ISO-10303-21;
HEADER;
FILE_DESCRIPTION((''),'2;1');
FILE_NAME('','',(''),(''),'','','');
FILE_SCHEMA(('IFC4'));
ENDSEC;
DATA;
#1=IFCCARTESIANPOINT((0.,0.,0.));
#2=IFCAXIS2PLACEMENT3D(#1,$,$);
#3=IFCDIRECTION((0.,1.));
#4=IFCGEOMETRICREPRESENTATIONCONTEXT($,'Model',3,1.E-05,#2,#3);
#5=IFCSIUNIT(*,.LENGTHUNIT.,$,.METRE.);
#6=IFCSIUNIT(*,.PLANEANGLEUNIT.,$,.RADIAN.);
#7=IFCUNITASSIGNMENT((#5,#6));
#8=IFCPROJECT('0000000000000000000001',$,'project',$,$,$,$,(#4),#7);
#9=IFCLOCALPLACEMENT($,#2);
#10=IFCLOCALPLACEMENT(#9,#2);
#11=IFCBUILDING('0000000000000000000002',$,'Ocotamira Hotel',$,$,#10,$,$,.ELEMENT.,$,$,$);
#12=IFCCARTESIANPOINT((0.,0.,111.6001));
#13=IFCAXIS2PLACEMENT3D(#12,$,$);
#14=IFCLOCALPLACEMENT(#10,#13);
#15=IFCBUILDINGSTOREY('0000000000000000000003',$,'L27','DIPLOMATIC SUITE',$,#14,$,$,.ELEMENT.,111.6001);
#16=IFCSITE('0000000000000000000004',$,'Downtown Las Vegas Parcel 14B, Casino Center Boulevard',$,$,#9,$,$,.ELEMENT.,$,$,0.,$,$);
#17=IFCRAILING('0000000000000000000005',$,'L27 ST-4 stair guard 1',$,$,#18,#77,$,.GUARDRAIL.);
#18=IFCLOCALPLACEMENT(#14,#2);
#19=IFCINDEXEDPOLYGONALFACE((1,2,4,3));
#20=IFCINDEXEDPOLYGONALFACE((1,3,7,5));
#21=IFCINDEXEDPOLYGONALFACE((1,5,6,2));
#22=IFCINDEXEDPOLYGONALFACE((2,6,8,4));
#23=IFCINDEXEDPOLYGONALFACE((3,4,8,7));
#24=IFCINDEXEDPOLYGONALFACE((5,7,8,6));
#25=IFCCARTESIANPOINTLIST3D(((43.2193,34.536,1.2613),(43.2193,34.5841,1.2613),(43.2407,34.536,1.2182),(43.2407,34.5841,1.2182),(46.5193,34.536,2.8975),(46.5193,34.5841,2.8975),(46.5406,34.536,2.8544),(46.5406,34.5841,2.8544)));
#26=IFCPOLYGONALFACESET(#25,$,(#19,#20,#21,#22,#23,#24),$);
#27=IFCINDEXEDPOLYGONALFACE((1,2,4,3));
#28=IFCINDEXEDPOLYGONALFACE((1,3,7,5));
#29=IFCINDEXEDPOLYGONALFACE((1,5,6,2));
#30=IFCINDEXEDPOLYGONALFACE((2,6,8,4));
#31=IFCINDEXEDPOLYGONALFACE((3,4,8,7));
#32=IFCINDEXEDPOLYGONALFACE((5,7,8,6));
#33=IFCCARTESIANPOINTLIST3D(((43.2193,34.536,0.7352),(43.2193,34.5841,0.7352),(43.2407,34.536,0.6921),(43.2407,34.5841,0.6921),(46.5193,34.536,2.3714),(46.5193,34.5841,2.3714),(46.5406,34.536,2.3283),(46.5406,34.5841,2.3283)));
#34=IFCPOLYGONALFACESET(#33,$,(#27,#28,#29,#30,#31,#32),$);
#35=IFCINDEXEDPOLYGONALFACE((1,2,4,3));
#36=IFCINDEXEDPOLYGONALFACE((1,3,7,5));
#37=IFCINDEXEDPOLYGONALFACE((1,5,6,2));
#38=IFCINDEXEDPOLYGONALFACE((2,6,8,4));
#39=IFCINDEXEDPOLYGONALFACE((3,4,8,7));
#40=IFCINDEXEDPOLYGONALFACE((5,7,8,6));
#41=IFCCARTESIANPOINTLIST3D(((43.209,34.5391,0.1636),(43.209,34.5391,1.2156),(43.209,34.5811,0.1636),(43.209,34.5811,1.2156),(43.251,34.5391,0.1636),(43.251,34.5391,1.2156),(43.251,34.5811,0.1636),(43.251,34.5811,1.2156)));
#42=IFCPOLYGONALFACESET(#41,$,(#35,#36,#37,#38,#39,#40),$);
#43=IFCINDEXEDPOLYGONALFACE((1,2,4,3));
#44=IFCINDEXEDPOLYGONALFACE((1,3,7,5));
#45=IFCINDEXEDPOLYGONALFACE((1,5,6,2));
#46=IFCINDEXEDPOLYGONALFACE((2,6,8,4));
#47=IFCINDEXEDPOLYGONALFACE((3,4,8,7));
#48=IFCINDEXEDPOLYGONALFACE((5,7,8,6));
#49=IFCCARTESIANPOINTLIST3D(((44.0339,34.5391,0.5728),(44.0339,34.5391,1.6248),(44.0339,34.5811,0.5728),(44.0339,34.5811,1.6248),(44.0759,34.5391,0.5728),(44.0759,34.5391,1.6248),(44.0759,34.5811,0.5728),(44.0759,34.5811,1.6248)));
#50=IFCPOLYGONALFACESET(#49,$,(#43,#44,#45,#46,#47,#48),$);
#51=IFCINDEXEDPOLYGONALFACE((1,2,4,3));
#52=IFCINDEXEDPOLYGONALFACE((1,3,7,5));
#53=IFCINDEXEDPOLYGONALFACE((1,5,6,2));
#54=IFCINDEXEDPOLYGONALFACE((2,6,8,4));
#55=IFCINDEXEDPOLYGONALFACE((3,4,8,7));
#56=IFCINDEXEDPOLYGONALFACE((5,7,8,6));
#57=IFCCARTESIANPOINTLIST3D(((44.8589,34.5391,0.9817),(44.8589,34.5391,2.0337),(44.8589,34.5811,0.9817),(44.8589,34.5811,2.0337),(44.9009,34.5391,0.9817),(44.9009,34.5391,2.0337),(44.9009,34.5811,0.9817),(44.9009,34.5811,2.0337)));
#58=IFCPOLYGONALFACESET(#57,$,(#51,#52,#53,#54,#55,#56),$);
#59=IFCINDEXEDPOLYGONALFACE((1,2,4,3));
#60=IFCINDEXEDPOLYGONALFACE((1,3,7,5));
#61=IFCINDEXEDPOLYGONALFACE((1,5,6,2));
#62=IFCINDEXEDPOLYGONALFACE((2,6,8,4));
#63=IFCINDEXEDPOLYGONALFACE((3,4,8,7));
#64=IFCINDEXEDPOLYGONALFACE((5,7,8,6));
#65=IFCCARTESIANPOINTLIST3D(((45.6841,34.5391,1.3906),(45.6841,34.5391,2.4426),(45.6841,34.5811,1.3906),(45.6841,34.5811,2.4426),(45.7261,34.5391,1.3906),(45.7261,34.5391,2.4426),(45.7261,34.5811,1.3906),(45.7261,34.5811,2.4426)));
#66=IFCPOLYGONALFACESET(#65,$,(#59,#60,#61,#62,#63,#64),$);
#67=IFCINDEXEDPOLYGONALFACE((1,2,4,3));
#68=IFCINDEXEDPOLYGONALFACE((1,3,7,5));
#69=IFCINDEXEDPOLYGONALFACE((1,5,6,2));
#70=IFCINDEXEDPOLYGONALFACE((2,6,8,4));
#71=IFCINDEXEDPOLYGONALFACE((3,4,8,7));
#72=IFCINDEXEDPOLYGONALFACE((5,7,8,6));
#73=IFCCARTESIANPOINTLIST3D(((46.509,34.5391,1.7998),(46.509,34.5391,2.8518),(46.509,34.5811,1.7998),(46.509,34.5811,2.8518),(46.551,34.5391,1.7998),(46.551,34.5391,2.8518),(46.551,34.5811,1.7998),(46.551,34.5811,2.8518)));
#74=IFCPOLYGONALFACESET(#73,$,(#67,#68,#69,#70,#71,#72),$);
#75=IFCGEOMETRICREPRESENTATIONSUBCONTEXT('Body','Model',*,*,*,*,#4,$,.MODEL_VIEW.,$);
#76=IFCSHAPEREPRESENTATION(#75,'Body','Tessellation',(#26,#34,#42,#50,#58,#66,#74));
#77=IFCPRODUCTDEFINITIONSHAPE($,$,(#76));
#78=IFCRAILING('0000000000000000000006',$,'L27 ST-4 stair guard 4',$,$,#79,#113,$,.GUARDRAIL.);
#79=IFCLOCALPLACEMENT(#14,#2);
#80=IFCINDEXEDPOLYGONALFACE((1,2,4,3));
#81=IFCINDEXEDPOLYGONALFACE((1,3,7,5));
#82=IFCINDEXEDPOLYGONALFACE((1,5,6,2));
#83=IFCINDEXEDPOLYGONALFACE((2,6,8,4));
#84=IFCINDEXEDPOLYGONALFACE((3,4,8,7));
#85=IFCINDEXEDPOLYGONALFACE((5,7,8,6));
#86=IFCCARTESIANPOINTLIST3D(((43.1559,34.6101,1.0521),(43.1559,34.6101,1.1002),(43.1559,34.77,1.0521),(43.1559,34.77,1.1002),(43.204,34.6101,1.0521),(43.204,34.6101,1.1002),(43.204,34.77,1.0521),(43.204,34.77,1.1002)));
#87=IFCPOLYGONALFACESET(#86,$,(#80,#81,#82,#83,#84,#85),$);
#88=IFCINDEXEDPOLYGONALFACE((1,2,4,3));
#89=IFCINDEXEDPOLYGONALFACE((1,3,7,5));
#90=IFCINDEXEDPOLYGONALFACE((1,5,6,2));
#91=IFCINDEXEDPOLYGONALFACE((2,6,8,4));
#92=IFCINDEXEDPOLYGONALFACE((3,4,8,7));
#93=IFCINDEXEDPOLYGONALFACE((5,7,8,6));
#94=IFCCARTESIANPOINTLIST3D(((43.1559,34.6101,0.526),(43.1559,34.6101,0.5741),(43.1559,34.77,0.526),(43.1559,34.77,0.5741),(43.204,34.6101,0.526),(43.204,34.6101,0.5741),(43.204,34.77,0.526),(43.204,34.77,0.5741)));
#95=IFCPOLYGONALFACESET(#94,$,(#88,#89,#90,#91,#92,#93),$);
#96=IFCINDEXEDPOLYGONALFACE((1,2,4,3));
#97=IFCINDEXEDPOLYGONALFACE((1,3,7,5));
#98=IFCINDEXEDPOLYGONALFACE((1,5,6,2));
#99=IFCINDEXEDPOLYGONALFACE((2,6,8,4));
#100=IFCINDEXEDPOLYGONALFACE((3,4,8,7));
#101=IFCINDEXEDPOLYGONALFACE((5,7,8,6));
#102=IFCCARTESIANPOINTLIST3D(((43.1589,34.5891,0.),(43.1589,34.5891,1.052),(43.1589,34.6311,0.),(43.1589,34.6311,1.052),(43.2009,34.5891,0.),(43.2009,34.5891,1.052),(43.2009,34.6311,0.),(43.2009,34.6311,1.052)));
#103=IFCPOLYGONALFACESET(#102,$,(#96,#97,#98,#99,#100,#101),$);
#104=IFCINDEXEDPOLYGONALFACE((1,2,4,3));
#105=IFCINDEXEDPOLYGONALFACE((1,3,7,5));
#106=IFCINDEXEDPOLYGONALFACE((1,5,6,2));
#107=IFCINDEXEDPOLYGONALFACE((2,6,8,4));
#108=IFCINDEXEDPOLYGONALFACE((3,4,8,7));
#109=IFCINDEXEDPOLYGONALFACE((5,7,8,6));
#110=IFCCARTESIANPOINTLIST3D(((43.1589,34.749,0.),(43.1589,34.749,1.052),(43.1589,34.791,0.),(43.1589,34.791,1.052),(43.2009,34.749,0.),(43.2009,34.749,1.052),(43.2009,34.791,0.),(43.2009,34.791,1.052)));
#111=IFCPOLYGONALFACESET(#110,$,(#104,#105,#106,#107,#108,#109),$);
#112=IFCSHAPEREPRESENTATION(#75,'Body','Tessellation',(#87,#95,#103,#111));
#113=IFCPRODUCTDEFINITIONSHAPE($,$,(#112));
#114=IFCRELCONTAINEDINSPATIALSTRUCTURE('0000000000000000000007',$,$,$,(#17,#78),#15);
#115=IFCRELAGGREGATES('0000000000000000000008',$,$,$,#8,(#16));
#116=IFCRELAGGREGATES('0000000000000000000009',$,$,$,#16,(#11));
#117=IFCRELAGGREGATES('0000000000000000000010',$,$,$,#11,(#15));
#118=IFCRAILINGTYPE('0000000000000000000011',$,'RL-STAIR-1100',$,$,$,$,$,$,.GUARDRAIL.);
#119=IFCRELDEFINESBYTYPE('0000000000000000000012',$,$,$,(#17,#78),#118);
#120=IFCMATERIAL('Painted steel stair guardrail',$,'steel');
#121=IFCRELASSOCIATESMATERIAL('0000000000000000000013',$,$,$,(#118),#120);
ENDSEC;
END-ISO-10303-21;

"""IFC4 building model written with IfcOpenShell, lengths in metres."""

from ifc_helpers import new_model, si_unit, direction, frame, origin, origin_2d, place, context, subcontext, project, spatial, rectangle, extrude, material, type_object, element, save


model = new_model("IFC4")

# Units and contexts
model_context = context("Model", 3, precision=1e-05, world=origin(), true_north=direction((0.0, 1.0)))
body_context = subcontext(model_context, "Body", "Model", "MODEL_VIEW")
ifc_project = project(units=[si_unit("LENGTHUNIT", "METRE"), si_unit("PLANEANGLEUNIT", "RADIAN")], contexts=[model_context])

# Site, building, storey
site_placement = place(None, origin())
site = spatial("IfcSite", under=ifc_project, at=site_placement, Name="Downtown Las Vegas Parcel 14B, Casino Center Boulevard", CompositionType="ELEMENT", RefElevation=0.0)
building_placement = place(site_placement, origin())
building = spatial("IfcBuilding", under=site, at=building_placement, Name="Ocotamira Hotel", CompositionType="ELEMENT")
storey_placement = place(building_placement, frame((0.0, 0.0, 111.6001)))
storey = spatial("IfcBuildingStorey", under=building, at=storey_placement, Name="L27", Description="DIPLOMATIC SUITE", CompositionType="ELEMENT", Elevation=111.6001)

# Railings
ifc_material_1 = material(Name="Painted steel stair guardrail", Category="steel")
railing_type_1 = type_object("IfcRailingType", Name="RL-STAIR-1100", PredefinedType="GUARDRAIL", material=ifc_material_1)
railing_1_placement = place(storey_placement, frame((43.23, 34.5601, 0.1636)))
element("IfcRailing", 1, at=railing_1_placement, inside=storey, type_object=railing_type_1, Name="L27 ST-4 stair guard 1", PredefinedType="GUARDRAIL", context=body_context, shape_type="SweptSolid", body=[
    extrude(rectangle(XDim=0.0481, YDim=0.0481, at=origin_2d()), frame((0.0, 0.0, 1.0762), z_axis=(0.89592, 0.0, 0.444215), x_axis=(0.0, 1.0, 0.0)), (0.0, 0.0, 1.0), 3.6833),
    extrude(rectangle(XDim=0.0481, YDim=0.0481, at=origin_2d()), frame((0.0, 0.0, 0.55), z_axis=(0.89592, 0.0, 0.444215), x_axis=(0.0, 1.0, 0.0)), (0.0, 0.0, 1.0), 3.6833),
    extrude(rectangle(XDim=0.042, YDim=0.042, at=origin_2d()), origin(), (0.0, 0.0, 1.0), 1.052),
    extrude(rectangle(XDim=0.042, YDim=0.042, at=origin_2d()), frame((0.825, 0.0, 0.4092)), (0.0, 0.0, 1.0), 1.052),
    extrude(rectangle(XDim=0.042, YDim=0.042, at=origin_2d()), frame((1.6499, 0.0, 0.8181)), (0.0, 0.0, 1.0), 1.052),
    extrude(rectangle(XDim=0.042, YDim=0.042, at=origin_2d()), frame((2.4751, 0.0, 1.2271)), (0.0, 0.0, 1.0), 1.052),
    extrude(rectangle(XDim=0.042, YDim=0.042, at=origin_2d()), frame((3.3, 0.0, 1.6362)), (0.0, 0.0, 1.0), 1.052),
])
railing_2_placement = place(storey_placement, frame((43.1799, 34.6101, 0.0)))
element("IfcRailing", 2, at=railing_2_placement, inside=storey, type_object=railing_type_1, Name="L27 ST-4 stair guard 4", PredefinedType="GUARDRAIL", context=body_context, shape_type="SweptSolid", body=[
    extrude(rectangle(XDim=0.0481, YDim=0.0481, at=origin_2d()), frame((0.0, 0.0, 1.0762), z_axis=(0.0, 1.0, 0.0), x_axis=(-1.0, 0.0, 0.0)), (0.0, 0.0, 1.0), 0.1599),
    extrude(rectangle(XDim=0.0481, YDim=0.0481, at=origin_2d()), frame((0.0, 0.0, 0.55), z_axis=(0.0, 1.0, 0.0), x_axis=(-1.0, 0.0, 0.0)), (0.0, 0.0, 1.0), 0.1599),
    extrude(rectangle(XDim=0.042, YDim=0.042, at=origin_2d()), origin(), (0.0, 0.0, 1.0), 1.052),
    extrude(rectangle(XDim=0.042, YDim=0.042, at=origin_2d()), frame((0.0, 0.1599, 0.0)), (0.0, 0.0, 1.0), 1.052),
])

save(model, "model.ifc")
